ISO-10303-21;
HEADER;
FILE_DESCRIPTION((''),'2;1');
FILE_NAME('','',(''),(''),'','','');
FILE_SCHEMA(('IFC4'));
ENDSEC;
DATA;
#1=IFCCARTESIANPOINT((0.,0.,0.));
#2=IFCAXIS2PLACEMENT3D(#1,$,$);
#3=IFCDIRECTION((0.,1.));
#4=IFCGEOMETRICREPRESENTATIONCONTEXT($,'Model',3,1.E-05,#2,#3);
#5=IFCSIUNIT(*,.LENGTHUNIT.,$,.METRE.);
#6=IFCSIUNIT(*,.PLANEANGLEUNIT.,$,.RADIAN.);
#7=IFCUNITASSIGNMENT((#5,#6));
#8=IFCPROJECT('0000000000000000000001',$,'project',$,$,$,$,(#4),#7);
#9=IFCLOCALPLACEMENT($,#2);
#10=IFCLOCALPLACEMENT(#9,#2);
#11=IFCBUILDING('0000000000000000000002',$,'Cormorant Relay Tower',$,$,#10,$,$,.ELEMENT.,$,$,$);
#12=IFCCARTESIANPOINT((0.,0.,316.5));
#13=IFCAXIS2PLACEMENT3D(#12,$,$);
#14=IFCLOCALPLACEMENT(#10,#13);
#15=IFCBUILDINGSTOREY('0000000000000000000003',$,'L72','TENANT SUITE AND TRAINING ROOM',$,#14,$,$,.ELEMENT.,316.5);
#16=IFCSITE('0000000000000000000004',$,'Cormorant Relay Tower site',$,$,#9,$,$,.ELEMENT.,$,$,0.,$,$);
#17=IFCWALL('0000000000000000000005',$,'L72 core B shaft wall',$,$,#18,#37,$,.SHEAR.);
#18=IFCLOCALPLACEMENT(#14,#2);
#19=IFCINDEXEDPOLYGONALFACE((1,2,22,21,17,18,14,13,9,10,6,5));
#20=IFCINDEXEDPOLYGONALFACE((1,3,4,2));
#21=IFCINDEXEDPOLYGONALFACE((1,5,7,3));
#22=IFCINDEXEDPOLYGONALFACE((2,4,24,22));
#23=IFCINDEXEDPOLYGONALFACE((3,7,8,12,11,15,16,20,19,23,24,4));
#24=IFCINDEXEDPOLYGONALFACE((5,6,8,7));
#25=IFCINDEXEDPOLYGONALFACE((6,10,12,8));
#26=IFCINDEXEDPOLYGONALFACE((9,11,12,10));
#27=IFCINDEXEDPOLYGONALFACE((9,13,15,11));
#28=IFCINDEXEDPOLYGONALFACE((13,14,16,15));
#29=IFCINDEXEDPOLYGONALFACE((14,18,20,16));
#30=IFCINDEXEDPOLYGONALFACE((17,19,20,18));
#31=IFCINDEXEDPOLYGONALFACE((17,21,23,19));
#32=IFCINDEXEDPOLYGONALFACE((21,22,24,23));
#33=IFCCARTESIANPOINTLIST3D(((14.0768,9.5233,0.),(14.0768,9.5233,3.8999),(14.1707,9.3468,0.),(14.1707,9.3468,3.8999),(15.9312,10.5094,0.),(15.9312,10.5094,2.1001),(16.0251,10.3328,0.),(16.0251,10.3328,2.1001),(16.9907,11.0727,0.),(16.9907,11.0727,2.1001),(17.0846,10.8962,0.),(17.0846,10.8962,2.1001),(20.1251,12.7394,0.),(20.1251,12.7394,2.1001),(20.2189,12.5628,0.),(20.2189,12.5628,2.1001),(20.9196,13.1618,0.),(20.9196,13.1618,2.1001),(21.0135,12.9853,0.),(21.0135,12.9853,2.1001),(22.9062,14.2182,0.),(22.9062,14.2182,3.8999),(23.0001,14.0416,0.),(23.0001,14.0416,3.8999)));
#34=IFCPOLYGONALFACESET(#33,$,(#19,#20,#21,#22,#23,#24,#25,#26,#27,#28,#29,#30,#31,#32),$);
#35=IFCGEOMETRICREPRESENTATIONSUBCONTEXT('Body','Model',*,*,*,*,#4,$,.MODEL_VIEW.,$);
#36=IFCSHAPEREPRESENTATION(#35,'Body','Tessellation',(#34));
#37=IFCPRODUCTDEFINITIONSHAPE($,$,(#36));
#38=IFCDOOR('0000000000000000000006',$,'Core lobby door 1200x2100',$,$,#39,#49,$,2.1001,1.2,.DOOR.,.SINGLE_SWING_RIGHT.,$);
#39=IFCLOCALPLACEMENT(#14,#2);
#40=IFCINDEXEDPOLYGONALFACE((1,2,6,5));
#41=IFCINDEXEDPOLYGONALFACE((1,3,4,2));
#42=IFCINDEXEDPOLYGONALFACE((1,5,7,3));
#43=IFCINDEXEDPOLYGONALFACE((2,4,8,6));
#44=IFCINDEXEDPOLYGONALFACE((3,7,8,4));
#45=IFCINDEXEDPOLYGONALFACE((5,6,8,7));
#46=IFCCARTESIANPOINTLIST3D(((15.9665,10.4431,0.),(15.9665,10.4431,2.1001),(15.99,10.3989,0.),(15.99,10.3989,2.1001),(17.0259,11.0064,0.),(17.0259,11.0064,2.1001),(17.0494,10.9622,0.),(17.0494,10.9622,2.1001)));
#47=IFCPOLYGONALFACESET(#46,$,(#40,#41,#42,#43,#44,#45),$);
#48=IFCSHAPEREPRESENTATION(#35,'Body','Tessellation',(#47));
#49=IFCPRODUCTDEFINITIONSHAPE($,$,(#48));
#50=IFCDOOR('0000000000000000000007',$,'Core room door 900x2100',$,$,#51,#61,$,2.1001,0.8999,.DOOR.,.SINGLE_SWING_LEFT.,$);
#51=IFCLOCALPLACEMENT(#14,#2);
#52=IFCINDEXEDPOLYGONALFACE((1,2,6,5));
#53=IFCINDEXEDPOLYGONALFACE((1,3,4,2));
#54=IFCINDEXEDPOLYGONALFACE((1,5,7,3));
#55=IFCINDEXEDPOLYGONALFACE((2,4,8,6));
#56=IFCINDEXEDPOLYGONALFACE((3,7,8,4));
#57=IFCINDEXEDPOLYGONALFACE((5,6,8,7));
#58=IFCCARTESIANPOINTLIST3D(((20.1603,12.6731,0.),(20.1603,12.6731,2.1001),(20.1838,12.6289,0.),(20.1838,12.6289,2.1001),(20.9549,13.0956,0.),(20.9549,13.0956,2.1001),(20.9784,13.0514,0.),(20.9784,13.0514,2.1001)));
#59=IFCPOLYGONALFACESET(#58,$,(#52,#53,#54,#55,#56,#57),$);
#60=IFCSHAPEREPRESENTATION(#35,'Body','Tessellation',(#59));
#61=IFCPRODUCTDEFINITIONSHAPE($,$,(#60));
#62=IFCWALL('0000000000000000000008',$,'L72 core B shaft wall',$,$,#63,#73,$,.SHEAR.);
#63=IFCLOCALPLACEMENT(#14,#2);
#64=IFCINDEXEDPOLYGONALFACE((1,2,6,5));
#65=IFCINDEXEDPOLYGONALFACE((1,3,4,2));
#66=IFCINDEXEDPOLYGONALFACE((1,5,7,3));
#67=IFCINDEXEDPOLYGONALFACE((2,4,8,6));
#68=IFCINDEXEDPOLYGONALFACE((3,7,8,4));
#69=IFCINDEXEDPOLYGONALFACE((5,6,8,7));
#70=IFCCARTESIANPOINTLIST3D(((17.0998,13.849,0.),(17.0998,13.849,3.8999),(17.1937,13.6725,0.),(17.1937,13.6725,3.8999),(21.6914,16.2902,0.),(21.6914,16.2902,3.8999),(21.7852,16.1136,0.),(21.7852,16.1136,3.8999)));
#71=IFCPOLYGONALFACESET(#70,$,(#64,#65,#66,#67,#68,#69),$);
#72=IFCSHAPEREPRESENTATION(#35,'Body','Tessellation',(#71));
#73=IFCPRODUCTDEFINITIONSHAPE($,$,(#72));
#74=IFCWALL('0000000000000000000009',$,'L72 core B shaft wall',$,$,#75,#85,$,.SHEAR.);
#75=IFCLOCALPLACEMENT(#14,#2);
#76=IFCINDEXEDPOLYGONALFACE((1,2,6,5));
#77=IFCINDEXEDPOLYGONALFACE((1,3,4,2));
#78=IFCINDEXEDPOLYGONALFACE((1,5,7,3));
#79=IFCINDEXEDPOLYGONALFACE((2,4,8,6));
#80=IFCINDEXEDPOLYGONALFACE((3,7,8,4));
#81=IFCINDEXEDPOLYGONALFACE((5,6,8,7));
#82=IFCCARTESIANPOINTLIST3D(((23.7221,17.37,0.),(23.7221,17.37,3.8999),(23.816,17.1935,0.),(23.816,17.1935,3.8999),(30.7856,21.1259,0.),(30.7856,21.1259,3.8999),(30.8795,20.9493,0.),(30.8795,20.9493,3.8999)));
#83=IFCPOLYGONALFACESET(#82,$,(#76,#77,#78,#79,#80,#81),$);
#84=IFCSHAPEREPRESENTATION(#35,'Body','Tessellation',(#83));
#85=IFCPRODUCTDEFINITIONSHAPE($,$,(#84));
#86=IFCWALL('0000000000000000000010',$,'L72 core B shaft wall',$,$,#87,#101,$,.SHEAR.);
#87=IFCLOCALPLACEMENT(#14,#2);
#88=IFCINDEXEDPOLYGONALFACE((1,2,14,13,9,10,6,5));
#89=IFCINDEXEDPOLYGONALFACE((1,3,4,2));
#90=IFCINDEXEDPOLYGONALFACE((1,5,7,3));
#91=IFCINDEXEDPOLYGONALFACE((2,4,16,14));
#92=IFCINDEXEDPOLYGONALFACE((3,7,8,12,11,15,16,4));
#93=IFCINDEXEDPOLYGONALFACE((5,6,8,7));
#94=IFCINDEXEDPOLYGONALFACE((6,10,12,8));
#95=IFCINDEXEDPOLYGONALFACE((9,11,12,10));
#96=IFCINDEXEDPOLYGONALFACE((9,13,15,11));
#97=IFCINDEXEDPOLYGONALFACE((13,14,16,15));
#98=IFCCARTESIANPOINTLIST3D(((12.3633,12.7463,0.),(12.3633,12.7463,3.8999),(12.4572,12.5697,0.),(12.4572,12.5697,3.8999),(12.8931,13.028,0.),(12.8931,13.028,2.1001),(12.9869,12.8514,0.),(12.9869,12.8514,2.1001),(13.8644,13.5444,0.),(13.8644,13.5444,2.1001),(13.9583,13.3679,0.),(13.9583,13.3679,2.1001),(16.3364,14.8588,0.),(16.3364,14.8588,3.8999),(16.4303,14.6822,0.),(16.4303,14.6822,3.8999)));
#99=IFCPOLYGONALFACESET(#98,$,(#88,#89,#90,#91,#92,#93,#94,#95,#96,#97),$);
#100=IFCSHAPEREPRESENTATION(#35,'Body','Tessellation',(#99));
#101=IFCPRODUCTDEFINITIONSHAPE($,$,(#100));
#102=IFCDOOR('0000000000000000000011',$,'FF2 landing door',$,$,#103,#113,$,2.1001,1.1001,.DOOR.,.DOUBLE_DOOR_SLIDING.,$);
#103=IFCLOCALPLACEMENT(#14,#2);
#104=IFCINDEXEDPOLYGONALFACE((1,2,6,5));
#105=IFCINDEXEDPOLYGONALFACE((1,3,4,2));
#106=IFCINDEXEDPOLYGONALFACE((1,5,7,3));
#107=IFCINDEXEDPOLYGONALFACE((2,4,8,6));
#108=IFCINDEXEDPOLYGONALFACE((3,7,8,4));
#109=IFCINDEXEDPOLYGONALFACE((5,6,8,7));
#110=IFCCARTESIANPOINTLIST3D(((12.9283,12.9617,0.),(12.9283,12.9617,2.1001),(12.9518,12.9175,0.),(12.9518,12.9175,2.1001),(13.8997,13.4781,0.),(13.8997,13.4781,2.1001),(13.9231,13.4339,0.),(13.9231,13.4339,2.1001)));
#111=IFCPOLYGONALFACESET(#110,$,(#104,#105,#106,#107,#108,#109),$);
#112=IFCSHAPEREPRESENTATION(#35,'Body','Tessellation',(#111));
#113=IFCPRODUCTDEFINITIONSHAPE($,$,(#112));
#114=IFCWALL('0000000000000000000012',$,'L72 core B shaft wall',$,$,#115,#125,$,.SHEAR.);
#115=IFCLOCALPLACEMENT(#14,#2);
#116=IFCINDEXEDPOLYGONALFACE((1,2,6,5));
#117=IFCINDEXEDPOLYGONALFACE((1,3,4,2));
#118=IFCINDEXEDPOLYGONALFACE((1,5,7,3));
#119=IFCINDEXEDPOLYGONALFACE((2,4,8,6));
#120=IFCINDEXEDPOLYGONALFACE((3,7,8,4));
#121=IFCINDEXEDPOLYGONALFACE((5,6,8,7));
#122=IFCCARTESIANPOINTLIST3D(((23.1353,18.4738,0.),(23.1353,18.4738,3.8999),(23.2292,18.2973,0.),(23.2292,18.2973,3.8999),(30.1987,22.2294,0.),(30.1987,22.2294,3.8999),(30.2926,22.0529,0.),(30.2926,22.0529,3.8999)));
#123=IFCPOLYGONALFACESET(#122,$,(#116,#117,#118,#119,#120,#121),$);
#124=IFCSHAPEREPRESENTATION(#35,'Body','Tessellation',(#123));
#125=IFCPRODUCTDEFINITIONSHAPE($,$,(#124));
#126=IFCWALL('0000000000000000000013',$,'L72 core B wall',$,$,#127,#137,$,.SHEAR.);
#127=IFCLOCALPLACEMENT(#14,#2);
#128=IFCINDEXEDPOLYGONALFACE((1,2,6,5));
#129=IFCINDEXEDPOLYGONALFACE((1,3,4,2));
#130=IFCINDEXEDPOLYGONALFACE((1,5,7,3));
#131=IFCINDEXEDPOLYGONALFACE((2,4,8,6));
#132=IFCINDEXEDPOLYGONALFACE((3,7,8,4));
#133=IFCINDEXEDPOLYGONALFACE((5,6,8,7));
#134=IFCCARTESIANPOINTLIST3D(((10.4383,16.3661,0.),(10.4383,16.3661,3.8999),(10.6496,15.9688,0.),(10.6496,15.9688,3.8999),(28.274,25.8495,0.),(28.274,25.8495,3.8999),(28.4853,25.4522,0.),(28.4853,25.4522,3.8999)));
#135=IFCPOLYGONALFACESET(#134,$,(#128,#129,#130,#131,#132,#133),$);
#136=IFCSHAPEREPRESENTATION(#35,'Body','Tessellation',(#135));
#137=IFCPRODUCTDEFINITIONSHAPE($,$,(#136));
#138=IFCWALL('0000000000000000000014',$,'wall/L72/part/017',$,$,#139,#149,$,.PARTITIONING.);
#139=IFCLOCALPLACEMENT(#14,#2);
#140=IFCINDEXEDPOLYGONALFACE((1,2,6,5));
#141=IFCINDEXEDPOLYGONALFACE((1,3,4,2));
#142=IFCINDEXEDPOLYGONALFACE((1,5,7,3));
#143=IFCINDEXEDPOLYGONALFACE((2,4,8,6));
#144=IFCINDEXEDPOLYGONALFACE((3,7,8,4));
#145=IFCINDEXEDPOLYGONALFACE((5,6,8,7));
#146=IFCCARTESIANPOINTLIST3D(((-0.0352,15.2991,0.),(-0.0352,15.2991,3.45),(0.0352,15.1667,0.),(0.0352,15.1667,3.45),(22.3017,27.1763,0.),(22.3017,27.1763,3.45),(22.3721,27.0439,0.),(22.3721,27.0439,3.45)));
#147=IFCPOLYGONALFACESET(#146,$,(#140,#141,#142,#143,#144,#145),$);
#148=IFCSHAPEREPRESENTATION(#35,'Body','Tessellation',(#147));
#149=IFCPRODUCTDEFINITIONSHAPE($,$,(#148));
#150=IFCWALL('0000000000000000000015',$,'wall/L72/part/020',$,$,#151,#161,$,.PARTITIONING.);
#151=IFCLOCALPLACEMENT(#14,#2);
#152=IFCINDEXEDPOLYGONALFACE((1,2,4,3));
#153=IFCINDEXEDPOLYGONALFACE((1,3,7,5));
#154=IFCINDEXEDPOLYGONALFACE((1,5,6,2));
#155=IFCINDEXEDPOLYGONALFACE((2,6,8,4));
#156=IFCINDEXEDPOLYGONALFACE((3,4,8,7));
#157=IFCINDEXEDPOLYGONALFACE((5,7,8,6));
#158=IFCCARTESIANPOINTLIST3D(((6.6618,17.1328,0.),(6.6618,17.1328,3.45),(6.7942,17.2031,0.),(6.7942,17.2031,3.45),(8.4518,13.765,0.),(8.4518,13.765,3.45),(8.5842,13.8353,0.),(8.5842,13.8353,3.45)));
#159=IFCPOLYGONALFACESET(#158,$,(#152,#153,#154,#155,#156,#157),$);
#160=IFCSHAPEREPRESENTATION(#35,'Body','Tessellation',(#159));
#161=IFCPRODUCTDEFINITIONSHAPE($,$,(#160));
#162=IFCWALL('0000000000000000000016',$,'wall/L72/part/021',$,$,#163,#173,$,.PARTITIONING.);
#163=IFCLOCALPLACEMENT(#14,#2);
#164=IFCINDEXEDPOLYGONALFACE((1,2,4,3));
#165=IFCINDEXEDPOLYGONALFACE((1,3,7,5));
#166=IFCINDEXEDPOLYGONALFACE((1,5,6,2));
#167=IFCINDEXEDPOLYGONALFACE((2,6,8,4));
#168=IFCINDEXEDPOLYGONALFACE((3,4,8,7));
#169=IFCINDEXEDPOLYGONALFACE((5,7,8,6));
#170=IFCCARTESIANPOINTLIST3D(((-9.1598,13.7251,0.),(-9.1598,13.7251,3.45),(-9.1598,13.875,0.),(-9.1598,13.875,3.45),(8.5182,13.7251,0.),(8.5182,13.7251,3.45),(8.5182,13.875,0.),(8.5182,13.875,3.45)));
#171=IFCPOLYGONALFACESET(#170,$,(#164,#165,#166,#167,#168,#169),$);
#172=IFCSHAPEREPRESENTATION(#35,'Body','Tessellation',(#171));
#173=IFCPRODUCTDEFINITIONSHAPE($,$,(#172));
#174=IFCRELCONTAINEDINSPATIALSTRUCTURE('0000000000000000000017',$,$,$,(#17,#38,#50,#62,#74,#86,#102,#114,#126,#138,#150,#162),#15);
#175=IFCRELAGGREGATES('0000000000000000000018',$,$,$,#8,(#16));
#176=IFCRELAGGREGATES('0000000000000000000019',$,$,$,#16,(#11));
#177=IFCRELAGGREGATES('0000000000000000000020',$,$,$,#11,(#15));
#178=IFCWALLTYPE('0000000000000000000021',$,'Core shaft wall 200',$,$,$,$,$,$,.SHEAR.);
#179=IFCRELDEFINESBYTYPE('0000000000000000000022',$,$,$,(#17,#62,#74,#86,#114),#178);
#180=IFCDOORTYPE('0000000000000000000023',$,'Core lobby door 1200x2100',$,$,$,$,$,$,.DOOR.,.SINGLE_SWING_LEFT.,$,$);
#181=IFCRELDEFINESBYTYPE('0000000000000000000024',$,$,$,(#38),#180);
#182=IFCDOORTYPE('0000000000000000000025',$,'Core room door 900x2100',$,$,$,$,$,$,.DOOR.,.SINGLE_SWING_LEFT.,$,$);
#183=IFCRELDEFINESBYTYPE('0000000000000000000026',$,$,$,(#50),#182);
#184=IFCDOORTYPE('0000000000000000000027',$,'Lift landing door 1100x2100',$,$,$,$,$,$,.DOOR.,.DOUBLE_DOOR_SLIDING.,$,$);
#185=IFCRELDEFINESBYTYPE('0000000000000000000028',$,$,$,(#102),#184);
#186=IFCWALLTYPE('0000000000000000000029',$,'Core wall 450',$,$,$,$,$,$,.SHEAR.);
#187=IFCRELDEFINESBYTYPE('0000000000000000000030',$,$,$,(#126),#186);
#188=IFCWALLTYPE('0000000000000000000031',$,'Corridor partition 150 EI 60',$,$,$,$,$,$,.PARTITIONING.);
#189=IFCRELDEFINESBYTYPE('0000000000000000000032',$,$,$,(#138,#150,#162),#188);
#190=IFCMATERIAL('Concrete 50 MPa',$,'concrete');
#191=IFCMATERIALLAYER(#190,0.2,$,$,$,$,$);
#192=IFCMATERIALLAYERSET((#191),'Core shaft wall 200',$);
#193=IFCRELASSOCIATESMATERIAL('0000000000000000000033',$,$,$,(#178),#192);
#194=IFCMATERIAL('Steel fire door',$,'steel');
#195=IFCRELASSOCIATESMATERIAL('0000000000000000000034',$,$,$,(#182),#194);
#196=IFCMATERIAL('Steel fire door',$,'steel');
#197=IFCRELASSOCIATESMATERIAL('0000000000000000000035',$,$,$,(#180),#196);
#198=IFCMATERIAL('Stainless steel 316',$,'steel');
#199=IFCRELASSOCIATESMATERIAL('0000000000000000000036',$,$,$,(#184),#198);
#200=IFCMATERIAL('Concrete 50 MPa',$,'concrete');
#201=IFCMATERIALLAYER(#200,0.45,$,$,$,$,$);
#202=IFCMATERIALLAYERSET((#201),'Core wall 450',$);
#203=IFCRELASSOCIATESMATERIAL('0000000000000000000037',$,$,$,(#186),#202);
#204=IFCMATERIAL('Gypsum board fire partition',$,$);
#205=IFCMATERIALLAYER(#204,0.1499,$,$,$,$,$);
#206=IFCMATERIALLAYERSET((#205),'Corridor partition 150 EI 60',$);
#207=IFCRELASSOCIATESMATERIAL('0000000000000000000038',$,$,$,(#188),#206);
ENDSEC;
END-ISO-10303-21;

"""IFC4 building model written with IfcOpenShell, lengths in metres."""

from ifc_helpers import new_model, si_unit, direction, frame, frame_2d, origin, place, context, subcontext, project, spatial, rectangle, extrude, material, layer, layer_set, type_object, element, fill, save


model = new_model("IFC4")

# Units and contexts
model_context = context("Model", 3, precision=1e-05, world=origin(), true_north=direction((0.0, 1.0)))
body_context = subcontext(model_context, "Body", "Model", "MODEL_VIEW")
ifc_project = project(units=[si_unit("LENGTHUNIT", "METRE"), si_unit("PLANEANGLEUNIT", "RADIAN")], contexts=[model_context])

# Site, building, storey
site_placement = place(None, origin())
site = spatial("IfcSite", under=ifc_project, at=site_placement, Name="Cormorant Relay Tower site", CompositionType="ELEMENT", RefElevation=0.0)
building_placement = place(site_placement, origin())
building = spatial("IfcBuilding", under=site, at=building_placement, Name="Cormorant Relay Tower", CompositionType="ELEMENT")
storey_placement = place(building_placement, frame((0.0, 0.0, 316.5)))
storey = spatial("IfcBuildingStorey", under=building, at=storey_placement, Name="L72", Description="TENANT SUITE AND TRAINING ROOM", CompositionType="ELEMENT", Elevation=316.5)

# Shared definitions
ifc_material_1 = material(Name="Concrete 50 MPa", Category="concrete")
ifc_layer_1 = layer(ifc_material_1, 0.2)
ifc_layer_set_1 = layer_set([ifc_layer_1], Name="Core shaft wall 200")
wall_type_1 = type_object("IfcWallType", Name="Core shaft wall 200", PredefinedType="SHEAR", material=ifc_layer_set_1)

# Shared definitions
ifc_material_2 = material(Name="Steel fire door", Category="steel")
door_type_1 = type_object("IfcDoorType", Name="Core room door 900x2100", OperationType="SINGLE_SWING_LEFT", PredefinedType="DOOR", material=ifc_material_2)

# Wall, openings, doors
wall_1_placement = place(storey_placement, frame((14.1238, 9.4351, 0.0), z_axis=(0.0, 0.0, 1.0), x_axis=(0.88294, 0.469485, 0.0)))
wall_1 = element("IfcWall", 1, at=wall_1_placement, inside=storey, type_object=wall_type_1, Name="L72 core B shaft wall", PredefinedType="SHEAR", context=body_context, shape_type="SweptSolid", body=[
    extrude(rectangle(XDim=10.0, YDim=0.2, at=frame_2d((5.0, 0.0))), origin(), (0.0, 0.0, 1.0), 3.8999),
])
opening_1_placement = place(wall_1_placement, frame((2.1001, 0.0, 0.0)))
opening_1 = element("IfcOpeningElement", 2, at=opening_1_placement, cuts=wall_1, PredefinedType="OPENING", context=body_context, shape_type="SweptSolid", body=[
    extrude(rectangle(XDim=1.2, YDim=2.1001, at=frame_2d((0.6001, 1.05))), frame((0.0, 0.1099, 0.0), z_axis=(0.0, -1.0, 0.0), x_axis=(1.0, 0.0, 0.0)), (0.0, 0.0, 1.0), 0.22),
])
opening_2_placement = place(wall_1_placement, frame((6.8501, 0.0, 0.0)))
opening_2 = element("IfcOpeningElement", 3, at=opening_2_placement, cuts=wall_1, PredefinedType="OPENING", context=body_context, shape_type="SweptSolid", body=[
    extrude(rectangle(XDim=0.8999, YDim=2.1001, at=frame_2d((0.45, 1.05))), frame((0.0, 0.1099, 0.0), z_axis=(0.0, -1.0, 0.0), x_axis=(1.0, 0.0, 0.0)), (0.0, 0.0, 1.0), 0.22),
])
ifc_material_3 = material(Name="Steel fire door", Category="steel")
door_type_2 = type_object("IfcDoorType", Name="Core lobby door 1200x2100", OperationType="SINGLE_SWING_LEFT", PredefinedType="DOOR", material=ifc_material_3)
door_1_placement = place(opening_1_placement, origin())
door_1 = element("IfcDoor", 4, at=door_1_placement, inside=storey, type_object=door_type_2, Name="Core lobby door 1200x2100", OperationType="SINGLE_SWING_RIGHT", OverallHeight=2.1001, OverallWidth=1.2, PredefinedType="DOOR", context=body_context, shape_type="SweptSolid", body=[
    extrude(rectangle(XDim=1.2, YDim=2.1001, at=frame_2d((0.6001, 1.05))), frame((0.0, 0.0249, 0.0), z_axis=(0.0, -1.0, 0.0), x_axis=(1.0, 0.0, 0.0)), (0.0, 0.0, 1.0), 0.05),
])
fill(opening_1, door_1)
door_2_placement = place(opening_2_placement, origin())
door_2 = element("IfcDoor", 5, at=door_2_placement, inside=storey, type_object=door_type_1, Name="Core room door 900x2100", OperationType="SINGLE_SWING_LEFT", OverallHeight=2.1001, OverallWidth=0.8999, PredefinedType="DOOR", context=body_context, shape_type="SweptSolid", body=[
    extrude(rectangle(XDim=0.8999, YDim=2.1001, at=frame_2d((0.45, 1.05))), frame((0.0, 0.0249, 0.0), z_axis=(0.0, -1.0, 0.0), x_axis=(1.0, 0.0, 0.0)), (0.0, 0.0, 1.0), 0.05),
])
fill(opening_2, door_2)

# Walls
wall_2_placement = place(storey_placement, frame((17.1467, 13.7607, 0.0), z_axis=(0.0, 0.0, 1.0), x_axis=(0.882964, 0.46944, 0.0)))
element("IfcWall", 6, at=wall_2_placement, inside=storey, type_object=wall_type_1, Name="L72 core B shaft wall", PredefinedType="SHEAR", context=body_context, shape_type="SweptSolid", body=[
    extrude(rectangle(XDim=5.2002, YDim=0.2, at=frame_2d((2.6001, 0.0))), origin(), (0.0, 0.0, 1.0), 3.8999),
])
wall_3_placement = place(storey_placement, frame((23.769, 17.2817, 0.0), z_axis=(0.0, 0.0, 1.0), x_axis=(0.88294, 0.469485, 0.0)))
element("IfcWall", 7, at=wall_3_placement, inside=storey, type_object=wall_type_1, Name="L72 core B shaft wall", PredefinedType="SHEAR", context=body_context, shape_type="SweptSolid", body=[
    extrude(rectangle(XDim=8.0, YDim=0.2, at=frame_2d((4.0, 0.0))), origin(), (0.0, 0.0, 1.0), 3.8999),
])

# Wall, opening, door
wall_4_placement = place(storey_placement, frame((12.4102, 12.658, 0.0), z_axis=(0.0, 0.0, 1.0), x_axis=(0.882948, 0.46947, 0.0)))
wall_4 = element("IfcWall", 8, at=wall_4_placement, inside=storey, type_object=wall_type_1, Name="L72 core B shaft wall", PredefinedType="SHEAR", context=body_context, shape_type="SweptSolid", body=[
    extrude(rectangle(XDim=4.4998, YDim=0.2, at=frame_2d((2.25, 0.0))), origin(), (0.0, 0.0, 1.0), 3.8999),
])
opening_3_placement = place(wall_4_placement, frame((0.6001, 0.0, 0.0)))
opening_3 = element("IfcOpeningElement", 9, at=opening_3_placement, cuts=wall_4, PredefinedType="OPENING", context=body_context, shape_type="SweptSolid", body=[
    extrude(rectangle(XDim=1.1001, YDim=2.1001, at=frame_2d((0.55, 1.05))), frame((0.0, 0.1099, 0.0), z_axis=(0.0, -1.0, 0.0), x_axis=(1.0, 0.0, 0.0)), (0.0, 0.0, 1.0), 0.22),
])
ifc_material_4 = material(Name="Stainless steel 316", Category="steel")
door_type_3 = type_object("IfcDoorType", Name="Lift landing door 1100x2100", OperationType="DOUBLE_DOOR_SLIDING", PredefinedType="DOOR", material=ifc_material_4)
door_3_placement = place(opening_3_placement, origin())
door_3 = element("IfcDoor", 10, at=door_3_placement, inside=storey, type_object=door_type_3, Name="FF2 landing door", OperationType="DOUBLE_DOOR_SLIDING", OverallHeight=2.1001, OverallWidth=1.1001, PredefinedType="DOOR", context=body_context, shape_type="SweptSolid", body=[
    extrude(rectangle(XDim=1.1001, YDim=2.1001, at=frame_2d((0.55, 1.05))), frame((0.0, 0.0249, 0.0), z_axis=(0.0, -1.0, 0.0), x_axis=(1.0, 0.0, 0.0)), (0.0, 0.0, 1.0), 0.05),
])
fill(opening_3, door_3)

# Walls
wall_5_placement = place(storey_placement, frame((23.1821, 18.3855, 0.0), z_axis=(0.0, 0.0, 1.0), x_axis=(0.882953, 0.469462, 0.0)))
element("IfcWall", 11, at=wall_5_placement, inside=storey, type_object=wall_type_1, Name="L72 core B shaft wall", PredefinedType="SHEAR", context=body_context, shape_type="SweptSolid", body=[
    extrude(rectangle(XDim=7.9998, YDim=0.2, at=frame_2d((4.0, 0.0))), origin(), (0.0, 0.0, 1.0), 3.8999),
])
ifc_material_5 = material(Name="Concrete 50 MPa", Category="concrete")
ifc_layer_2 = layer(ifc_material_5, 0.45)
ifc_layer_set_2 = layer_set([ifc_layer_2], Name="Core wall 450")
wall_type_2 = type_object("IfcWallType", Name="Core wall 450", PredefinedType="SHEAR", material=ifc_layer_set_2)
wall_6_placement = place(storey_placement, frame((10.5439, 16.1675, 0.0), z_axis=(0.0, 0.0, 1.0), x_axis=(0.882948, 0.469471, 0.0)))
element("IfcWall", 12, at=wall_6_placement, inside=storey, type_object=wall_type_2, Name="L72 core B wall", PredefinedType="SHEAR", context=body_context, shape_type="SweptSolid", body=[
    extrude(rectangle(XDim=20.2002, YDim=0.45, at=frame_2d((10.1001, 0.0))), origin(), (0.0, 0.0, 1.0), 3.8999),
])
ifc_material_6 = material(Name="Gypsum board fire partition")
ifc_layer_3 = layer(ifc_material_6, 0.1499)
ifc_layer_set_3 = layer_set([ifc_layer_3], Name="Corridor partition 150 EI 60")
wall_type_3 = type_object("IfcWallType", Name="Corridor partition 150 EI 60", PredefinedType="PARTITIONING", material=ifc_layer_set_3)
wall_7_placement = place(storey_placement, frame((0.0, 15.2329, 0.0), z_axis=(0.0, 0.0, 1.0), x_axis=(0.88294, 0.469485, 0.0)))
element("IfcWall", 13, at=wall_7_placement, inside=storey, type_object=wall_type_3, Name="wall/L72/part/017", PredefinedType="PARTITIONING", context=body_context, shape_type="SweptSolid", body=[
    extrude(rectangle(XDim=25.2983, YDim=0.1499, at=frame_2d((12.6492, 0.0))), origin(), (0.0, 0.0, 1.0), 3.45),
])
wall_8_placement = place(storey_placement, frame((6.728, 17.168, 0.0), z_axis=(0.0, 0.0, 1.0), x_axis=(0.469325, -0.883025, 0.0)))
element("IfcWall", 14, at=wall_8_placement, inside=storey, type_object=wall_type_3, Name="wall/L72/part/020", PredefinedType="PARTITIONING", context=body_context, shape_type="SweptSolid", body=[
    extrude(rectangle(XDim=3.814, YDim=0.1499, at=frame_2d((1.907, 0.0))), origin(), (0.0, 0.0, 1.0), 3.45),
])
wall_9_placement = place(storey_placement, frame((8.5181, 13.8, 0.0), z_axis=(0.0, 0.0, 1.0), x_axis=(-1.0, 0.0, 0.0)))
element("IfcWall", 15, at=wall_9_placement, inside=storey, type_object=wall_type_3, Name="wall/L72/part/021", PredefinedType="PARTITIONING", context=body_context, shape_type="SweptSolid", body=[
    extrude(rectangle(XDim=17.678, YDim=0.1499, at=frame_2d((8.8389, 0.0))), origin(), (0.0, 0.0, 1.0), 3.45),
])

save(model, "model.ifc")
